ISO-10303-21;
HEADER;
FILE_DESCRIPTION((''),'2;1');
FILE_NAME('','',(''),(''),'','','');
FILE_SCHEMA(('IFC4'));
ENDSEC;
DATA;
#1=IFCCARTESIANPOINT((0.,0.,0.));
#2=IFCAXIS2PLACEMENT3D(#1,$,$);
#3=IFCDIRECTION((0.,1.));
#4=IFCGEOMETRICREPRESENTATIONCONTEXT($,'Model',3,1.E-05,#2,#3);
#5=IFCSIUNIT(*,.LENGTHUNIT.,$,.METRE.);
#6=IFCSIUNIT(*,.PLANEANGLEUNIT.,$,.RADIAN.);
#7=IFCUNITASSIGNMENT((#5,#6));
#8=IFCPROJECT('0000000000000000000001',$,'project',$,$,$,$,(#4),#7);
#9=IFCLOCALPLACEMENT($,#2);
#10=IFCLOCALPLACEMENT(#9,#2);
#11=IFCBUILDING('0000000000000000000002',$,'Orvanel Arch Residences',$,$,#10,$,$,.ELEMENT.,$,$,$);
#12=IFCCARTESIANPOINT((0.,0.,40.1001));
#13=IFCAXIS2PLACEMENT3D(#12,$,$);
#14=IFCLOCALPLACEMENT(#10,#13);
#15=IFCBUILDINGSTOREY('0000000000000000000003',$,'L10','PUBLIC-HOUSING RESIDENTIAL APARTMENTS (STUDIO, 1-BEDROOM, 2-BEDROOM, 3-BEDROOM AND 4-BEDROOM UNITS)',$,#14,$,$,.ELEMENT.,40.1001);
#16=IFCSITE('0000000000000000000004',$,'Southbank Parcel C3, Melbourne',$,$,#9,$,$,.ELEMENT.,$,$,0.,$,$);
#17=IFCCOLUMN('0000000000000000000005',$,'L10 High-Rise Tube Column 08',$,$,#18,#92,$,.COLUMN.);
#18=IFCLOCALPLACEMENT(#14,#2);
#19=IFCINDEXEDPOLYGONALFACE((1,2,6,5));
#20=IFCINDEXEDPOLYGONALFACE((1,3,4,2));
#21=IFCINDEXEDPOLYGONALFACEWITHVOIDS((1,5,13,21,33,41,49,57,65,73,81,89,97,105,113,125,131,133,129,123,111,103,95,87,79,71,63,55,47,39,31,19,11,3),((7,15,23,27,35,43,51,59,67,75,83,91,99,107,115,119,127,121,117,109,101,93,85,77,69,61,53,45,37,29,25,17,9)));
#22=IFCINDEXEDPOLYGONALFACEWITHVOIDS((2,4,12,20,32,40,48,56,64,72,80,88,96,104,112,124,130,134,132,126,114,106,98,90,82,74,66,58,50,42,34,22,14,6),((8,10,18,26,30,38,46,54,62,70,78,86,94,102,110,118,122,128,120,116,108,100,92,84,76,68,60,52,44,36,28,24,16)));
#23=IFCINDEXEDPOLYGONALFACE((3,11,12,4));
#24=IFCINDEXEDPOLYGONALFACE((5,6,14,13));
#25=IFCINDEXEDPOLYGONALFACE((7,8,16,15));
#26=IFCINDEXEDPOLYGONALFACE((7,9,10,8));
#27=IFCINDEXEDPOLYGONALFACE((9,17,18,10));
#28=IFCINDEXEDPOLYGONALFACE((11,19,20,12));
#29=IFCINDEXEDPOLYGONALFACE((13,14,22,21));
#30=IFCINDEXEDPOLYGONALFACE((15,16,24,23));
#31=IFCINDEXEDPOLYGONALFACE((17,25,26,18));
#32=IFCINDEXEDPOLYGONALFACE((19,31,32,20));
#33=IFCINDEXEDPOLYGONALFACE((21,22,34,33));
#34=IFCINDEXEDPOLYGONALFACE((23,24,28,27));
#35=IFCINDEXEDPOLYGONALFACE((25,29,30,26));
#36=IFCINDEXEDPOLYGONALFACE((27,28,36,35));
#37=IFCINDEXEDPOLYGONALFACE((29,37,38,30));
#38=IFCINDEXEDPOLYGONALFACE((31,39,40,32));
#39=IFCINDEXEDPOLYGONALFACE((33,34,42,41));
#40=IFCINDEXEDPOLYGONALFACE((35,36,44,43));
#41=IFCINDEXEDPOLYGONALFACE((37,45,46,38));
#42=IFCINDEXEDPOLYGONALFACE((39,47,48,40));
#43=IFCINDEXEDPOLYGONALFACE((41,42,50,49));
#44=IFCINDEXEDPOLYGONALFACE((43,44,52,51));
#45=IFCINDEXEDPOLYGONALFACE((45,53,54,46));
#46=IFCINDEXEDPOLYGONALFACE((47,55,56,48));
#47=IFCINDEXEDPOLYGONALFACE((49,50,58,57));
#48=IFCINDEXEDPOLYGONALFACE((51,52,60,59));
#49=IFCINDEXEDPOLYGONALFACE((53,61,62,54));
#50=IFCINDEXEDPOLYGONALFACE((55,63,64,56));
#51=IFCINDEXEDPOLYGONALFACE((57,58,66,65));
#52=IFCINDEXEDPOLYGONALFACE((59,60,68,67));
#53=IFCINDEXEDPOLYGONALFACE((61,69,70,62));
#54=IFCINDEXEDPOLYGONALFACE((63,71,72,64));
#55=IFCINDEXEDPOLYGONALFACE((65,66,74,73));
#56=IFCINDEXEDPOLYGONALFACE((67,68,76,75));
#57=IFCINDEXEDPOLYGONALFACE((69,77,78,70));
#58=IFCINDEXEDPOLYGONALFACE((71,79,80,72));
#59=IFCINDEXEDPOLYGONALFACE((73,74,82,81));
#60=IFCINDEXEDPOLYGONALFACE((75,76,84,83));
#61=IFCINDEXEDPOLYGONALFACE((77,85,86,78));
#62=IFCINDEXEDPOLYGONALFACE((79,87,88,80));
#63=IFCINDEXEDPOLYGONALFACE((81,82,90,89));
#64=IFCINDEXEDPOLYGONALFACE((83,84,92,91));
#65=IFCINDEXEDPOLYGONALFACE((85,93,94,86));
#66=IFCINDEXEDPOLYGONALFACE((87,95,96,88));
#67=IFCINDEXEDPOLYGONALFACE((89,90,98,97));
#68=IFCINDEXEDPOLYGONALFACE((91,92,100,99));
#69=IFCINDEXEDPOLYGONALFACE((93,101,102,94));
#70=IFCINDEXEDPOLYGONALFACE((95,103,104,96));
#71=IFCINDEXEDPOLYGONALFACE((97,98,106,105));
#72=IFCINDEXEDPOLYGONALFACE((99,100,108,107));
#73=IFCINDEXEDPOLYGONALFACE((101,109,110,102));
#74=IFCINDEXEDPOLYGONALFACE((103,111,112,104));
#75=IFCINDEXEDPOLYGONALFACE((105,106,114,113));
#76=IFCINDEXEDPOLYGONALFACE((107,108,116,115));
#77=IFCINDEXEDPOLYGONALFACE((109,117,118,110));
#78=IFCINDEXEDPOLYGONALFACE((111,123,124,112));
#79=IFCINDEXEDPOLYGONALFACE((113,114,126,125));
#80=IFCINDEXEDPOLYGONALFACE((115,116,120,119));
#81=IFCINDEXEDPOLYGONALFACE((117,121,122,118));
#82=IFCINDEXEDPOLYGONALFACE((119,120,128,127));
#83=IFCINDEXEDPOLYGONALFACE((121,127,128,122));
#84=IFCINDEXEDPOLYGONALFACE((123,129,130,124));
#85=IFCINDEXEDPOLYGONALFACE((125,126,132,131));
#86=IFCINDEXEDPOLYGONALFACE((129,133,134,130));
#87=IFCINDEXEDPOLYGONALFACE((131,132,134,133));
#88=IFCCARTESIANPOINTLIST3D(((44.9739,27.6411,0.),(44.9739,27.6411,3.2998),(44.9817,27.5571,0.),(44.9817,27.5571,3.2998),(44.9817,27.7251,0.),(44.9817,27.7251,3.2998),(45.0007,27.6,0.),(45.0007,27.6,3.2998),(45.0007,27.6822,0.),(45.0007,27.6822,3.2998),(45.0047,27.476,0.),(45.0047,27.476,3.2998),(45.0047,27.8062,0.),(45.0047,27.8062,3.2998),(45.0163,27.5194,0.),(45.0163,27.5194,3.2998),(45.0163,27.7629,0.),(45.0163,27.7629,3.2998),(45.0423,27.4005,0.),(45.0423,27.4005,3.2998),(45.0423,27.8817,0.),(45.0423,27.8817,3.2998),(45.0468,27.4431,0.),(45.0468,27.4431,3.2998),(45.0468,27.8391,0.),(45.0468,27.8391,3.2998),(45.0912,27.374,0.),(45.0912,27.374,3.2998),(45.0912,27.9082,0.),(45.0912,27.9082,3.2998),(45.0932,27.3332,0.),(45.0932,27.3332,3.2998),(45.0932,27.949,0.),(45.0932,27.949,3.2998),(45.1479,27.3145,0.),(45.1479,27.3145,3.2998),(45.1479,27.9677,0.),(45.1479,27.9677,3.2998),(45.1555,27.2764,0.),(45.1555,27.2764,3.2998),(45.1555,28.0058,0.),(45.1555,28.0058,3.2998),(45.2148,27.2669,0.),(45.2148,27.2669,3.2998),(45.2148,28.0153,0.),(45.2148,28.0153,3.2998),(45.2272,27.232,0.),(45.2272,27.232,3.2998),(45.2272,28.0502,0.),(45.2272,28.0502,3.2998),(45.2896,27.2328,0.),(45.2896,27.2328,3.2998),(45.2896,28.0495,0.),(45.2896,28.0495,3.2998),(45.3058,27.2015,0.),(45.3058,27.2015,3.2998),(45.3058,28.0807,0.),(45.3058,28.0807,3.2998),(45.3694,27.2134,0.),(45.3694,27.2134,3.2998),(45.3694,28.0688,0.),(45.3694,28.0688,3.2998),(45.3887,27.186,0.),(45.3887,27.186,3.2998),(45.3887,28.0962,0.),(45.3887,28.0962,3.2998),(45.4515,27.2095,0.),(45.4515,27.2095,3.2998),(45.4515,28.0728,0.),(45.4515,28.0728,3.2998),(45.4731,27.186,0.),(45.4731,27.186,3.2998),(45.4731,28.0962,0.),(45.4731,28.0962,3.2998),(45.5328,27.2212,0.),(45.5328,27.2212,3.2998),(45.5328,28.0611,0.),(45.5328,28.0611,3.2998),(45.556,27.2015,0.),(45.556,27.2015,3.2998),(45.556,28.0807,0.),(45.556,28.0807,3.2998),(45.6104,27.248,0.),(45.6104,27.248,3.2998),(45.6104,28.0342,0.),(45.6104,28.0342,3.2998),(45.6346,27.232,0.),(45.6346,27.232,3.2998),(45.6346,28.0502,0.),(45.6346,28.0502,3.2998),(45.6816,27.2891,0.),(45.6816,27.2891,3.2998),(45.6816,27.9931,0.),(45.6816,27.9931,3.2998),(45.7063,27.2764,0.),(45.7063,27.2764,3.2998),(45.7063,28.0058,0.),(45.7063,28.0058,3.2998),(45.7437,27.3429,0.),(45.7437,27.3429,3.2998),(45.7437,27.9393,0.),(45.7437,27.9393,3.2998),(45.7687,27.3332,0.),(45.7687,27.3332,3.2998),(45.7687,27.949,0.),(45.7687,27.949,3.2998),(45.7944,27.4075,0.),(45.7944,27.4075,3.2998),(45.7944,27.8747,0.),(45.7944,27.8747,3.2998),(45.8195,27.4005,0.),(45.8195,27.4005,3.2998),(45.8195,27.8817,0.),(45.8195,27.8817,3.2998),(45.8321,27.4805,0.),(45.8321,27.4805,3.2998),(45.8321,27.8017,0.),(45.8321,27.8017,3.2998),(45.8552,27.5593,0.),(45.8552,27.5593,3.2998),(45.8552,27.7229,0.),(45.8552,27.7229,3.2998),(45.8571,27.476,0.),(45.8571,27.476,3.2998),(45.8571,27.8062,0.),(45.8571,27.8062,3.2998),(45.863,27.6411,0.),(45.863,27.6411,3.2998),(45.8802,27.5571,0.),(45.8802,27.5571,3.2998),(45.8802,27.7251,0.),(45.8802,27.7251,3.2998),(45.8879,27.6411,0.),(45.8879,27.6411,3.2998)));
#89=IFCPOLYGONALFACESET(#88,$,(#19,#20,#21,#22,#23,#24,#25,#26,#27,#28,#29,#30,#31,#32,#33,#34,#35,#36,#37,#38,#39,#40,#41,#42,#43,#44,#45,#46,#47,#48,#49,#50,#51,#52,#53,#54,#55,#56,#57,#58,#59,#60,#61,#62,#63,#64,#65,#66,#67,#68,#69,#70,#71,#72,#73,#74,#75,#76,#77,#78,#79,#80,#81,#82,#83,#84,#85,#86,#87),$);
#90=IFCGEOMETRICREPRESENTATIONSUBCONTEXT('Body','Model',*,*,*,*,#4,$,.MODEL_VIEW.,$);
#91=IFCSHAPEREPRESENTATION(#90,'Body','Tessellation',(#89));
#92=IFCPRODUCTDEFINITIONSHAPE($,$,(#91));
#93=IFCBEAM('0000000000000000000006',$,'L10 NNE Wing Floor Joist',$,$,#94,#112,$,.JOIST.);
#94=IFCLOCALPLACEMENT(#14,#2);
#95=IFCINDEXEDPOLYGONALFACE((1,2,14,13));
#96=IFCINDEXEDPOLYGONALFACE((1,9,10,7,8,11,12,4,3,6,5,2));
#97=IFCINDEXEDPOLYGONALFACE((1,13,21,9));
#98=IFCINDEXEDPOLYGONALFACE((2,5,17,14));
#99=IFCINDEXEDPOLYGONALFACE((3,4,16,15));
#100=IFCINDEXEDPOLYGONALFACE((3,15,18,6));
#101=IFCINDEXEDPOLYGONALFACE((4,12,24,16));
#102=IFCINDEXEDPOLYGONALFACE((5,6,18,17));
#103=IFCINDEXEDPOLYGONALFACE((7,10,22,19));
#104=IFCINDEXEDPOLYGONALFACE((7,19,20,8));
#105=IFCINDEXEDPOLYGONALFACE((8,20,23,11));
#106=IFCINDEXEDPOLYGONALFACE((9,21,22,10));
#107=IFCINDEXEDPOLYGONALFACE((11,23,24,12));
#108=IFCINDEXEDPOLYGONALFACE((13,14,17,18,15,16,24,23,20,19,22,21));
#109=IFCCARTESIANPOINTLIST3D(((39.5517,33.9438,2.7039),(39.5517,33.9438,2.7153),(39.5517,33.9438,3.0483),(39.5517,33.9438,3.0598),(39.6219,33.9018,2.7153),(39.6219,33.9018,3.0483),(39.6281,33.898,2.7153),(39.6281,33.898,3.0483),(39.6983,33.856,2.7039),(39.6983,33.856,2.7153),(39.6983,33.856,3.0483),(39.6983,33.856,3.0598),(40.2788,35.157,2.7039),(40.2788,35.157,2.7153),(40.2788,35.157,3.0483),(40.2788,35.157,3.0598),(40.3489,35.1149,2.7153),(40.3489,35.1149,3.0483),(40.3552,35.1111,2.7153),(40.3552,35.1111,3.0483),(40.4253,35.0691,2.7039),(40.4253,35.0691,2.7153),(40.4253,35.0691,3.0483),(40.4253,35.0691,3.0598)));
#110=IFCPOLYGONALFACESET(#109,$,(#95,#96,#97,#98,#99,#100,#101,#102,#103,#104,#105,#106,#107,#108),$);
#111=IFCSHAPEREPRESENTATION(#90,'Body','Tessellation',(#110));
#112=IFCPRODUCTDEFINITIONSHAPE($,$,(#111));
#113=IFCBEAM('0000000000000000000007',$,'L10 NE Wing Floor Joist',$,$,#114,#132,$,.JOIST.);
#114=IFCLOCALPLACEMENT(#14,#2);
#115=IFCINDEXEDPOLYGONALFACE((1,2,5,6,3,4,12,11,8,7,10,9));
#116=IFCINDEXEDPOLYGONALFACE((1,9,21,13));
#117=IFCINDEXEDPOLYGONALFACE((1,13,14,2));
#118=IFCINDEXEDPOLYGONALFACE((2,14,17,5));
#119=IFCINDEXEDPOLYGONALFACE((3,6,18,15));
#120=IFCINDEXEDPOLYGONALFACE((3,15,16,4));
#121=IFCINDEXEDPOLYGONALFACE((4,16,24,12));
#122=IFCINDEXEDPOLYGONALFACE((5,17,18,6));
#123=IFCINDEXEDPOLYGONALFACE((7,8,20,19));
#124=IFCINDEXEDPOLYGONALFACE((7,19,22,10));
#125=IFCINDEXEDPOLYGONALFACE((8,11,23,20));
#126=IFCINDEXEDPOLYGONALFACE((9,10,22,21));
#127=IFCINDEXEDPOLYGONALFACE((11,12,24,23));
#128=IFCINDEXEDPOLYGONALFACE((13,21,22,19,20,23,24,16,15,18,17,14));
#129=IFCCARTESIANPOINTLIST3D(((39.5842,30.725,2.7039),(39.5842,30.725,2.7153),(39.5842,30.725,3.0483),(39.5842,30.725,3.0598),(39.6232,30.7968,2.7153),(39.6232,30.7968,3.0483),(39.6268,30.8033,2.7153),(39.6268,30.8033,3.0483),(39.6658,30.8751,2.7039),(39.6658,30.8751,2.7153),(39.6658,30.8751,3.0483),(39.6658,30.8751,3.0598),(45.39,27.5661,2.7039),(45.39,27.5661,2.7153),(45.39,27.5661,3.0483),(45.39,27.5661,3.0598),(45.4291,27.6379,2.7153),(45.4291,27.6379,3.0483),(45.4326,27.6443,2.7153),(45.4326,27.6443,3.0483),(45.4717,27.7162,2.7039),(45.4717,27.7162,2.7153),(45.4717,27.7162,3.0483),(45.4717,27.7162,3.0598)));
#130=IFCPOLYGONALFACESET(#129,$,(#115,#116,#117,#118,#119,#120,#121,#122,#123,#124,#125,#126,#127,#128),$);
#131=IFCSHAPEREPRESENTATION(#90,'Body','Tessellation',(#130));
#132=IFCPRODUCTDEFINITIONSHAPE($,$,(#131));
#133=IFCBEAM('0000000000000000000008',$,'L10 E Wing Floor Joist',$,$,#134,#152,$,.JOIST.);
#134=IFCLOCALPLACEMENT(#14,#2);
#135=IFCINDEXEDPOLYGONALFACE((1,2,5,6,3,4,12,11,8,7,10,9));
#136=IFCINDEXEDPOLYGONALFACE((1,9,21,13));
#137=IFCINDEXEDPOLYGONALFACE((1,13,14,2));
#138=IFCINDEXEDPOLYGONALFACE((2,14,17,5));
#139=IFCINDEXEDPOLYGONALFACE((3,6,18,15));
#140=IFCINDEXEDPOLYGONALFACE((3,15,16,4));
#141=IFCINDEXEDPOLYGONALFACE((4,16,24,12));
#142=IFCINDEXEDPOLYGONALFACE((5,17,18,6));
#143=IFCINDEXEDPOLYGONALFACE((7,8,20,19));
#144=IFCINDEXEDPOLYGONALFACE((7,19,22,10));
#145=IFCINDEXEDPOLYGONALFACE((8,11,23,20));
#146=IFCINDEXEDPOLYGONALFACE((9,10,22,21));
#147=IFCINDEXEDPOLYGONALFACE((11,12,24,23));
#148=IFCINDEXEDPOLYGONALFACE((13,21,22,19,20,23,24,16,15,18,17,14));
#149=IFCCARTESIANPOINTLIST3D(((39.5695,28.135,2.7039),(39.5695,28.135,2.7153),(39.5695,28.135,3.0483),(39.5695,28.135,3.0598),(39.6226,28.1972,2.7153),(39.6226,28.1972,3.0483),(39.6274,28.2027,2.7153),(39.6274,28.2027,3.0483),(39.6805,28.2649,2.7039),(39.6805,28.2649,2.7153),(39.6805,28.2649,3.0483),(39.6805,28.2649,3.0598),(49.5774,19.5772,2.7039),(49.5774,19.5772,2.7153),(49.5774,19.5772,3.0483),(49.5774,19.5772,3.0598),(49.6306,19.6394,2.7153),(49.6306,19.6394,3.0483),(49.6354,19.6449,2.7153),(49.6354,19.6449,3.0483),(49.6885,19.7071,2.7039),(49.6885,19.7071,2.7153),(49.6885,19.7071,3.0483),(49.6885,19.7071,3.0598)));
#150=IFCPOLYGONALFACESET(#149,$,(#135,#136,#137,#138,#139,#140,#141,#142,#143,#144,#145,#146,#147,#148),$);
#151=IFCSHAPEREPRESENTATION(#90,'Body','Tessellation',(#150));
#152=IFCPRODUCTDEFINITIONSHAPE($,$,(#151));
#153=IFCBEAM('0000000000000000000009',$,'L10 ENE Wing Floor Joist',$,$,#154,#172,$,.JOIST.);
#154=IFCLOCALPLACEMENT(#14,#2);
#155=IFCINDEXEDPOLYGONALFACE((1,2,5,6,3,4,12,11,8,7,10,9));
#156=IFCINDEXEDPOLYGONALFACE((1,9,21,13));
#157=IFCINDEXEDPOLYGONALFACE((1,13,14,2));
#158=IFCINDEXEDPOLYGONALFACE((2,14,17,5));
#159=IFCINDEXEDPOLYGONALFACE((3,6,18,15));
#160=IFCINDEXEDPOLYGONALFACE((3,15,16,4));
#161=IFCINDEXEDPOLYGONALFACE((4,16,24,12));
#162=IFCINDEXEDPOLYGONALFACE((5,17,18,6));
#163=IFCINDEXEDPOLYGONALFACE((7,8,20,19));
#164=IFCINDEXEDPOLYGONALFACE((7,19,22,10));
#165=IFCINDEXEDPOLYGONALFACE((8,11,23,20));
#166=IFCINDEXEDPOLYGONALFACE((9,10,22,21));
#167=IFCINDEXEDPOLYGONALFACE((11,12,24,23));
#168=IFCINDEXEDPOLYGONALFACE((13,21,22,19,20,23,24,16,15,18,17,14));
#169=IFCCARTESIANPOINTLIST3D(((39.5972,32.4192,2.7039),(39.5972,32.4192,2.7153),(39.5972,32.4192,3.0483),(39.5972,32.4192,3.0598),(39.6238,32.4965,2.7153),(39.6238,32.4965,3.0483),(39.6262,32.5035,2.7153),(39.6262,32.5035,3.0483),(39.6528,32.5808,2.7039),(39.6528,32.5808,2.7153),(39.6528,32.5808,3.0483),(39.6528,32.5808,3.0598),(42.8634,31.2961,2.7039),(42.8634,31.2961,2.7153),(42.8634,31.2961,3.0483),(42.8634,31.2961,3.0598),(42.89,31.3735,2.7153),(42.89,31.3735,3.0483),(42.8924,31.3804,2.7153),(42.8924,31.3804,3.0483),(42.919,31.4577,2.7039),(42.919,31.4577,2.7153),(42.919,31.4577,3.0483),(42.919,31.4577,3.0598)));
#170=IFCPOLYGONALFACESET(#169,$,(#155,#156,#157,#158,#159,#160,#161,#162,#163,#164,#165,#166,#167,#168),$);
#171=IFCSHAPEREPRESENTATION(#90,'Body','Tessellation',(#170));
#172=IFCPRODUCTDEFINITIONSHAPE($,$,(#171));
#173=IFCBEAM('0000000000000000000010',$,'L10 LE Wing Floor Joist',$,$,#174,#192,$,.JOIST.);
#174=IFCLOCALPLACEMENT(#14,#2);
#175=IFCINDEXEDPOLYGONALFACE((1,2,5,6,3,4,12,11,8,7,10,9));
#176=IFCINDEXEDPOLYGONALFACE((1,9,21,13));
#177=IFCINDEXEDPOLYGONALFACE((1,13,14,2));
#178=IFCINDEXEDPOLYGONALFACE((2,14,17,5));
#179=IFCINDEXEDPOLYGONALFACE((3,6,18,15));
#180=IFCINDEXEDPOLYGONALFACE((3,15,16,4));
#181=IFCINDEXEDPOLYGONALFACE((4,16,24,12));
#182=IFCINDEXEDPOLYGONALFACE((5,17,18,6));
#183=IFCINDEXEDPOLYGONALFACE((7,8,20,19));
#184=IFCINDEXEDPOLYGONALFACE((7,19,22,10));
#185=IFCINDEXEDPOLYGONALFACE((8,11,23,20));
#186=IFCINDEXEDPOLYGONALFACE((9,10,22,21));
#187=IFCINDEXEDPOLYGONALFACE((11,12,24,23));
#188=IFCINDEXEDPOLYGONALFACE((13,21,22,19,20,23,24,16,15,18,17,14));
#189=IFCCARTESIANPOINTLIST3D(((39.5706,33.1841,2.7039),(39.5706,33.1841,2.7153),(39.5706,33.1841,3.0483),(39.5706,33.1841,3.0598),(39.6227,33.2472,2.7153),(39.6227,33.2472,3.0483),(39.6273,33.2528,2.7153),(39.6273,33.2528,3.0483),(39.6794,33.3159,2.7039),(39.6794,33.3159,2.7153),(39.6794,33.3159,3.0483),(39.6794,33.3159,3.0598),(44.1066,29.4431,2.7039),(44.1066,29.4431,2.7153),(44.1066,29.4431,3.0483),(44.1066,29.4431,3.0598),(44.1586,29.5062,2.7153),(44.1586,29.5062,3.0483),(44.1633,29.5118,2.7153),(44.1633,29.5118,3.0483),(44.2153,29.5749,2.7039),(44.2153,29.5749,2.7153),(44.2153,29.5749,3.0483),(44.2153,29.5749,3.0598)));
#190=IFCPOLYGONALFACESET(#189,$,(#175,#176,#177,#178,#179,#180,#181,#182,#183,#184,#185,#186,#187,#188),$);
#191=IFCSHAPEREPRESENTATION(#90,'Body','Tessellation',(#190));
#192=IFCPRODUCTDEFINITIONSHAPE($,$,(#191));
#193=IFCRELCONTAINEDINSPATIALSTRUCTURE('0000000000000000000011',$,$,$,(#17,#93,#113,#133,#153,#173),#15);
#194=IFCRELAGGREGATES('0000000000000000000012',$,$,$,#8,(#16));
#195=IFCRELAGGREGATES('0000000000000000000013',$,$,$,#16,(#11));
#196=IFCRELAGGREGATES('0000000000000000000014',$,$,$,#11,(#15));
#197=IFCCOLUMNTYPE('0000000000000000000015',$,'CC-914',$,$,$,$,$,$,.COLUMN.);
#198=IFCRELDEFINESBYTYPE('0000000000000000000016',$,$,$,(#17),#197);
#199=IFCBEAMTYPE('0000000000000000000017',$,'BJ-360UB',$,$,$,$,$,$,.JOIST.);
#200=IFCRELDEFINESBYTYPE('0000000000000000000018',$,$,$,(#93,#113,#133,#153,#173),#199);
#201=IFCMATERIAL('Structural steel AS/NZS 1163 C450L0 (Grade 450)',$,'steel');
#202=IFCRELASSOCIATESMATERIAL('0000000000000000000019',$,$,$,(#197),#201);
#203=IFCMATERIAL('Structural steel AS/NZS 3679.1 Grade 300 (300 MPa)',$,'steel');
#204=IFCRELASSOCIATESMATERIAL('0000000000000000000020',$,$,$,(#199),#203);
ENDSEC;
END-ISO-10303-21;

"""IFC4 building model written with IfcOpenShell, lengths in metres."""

from ifc_helpers import new_model, si_unit, direction, frame, origin, origin_2d, place, context, subcontext, project, spatial, hollow_circle, i_section, extrude, material, material_profile, profile_set, type_object, element, save


model = new_model("IFC4")

# Units and contexts
model_context = context("Model", 3, precision=1e-05, world=origin(), true_north=direction((0.0, 1.0)))
body_context = subcontext(model_context, "Body", "Model", "MODEL_VIEW")
ifc_project = project(units=[si_unit("LENGTHUNIT", "METRE"), si_unit("PLANEANGLEUNIT", "RADIAN")], contexts=[model_context])

# Site, building, storey
site_placement = place(None, origin())
site = spatial("IfcSite", under=ifc_project, at=site_placement, Name="Southbank Parcel C3, Melbourne", CompositionType="ELEMENT", RefElevation=0.0)
building_placement = place(site_placement, origin())
building = spatial("IfcBuilding", under=site, at=building_placement, Name="Orvanel Arch Residences", CompositionType="ELEMENT")
storey_placement = place(building_placement, frame((0.0, 0.0, 40.1001)))
storey = spatial("IfcBuildingStorey", under=building, at=storey_placement, Name="L10", Description="PUBLIC-HOUSING RESIDENTIAL APARTMENTS (STUDIO, 1-BEDROOM, 2-BEDROOM, 3-BEDROOM AND 4-BEDROOM UNITS)", CompositionType="ELEMENT", Elevation=40.1001)

# Column
ifc_material_1 = material(Name="Structural steel AS/NZS 1163 C450L0 (Grade 450)", Category="steel")
ifc_material_profile_1 = material_profile(ifc_material_1, hollow_circle(Radius=0.457, WallThickness=0.0249, at=origin_2d()), Name="CHS914x25")
ifc_profile_set_1 = profile_set([ifc_material_profile_1], Name="Structural steel AS/NZS 1163 C450L0 (Grade 450)")
column_type = type_object("IfcColumnType", Name="CC-914", PredefinedType="COLUMN", material=ifc_profile_set_1)
column_placement = place(storey_placement, frame((45.4309, 27.6411, 0.0), z_axis=(0.0, 0.0, 1.0), x_axis=(1.0, 0.0, 0.0)))
element("IfcColumn", 1, at=column_placement, inside=storey, type_object=column_type, Name="L10 High-Rise Tube Column 08", PredefinedType="COLUMN", context=body_context, shape_type="SweptSolid", body=[
    extrude(hollow_circle(Radius=0.457, WallThickness=0.0249, at=origin_2d()), origin(), (0.0, 0.0, 1.0), 3.2998),
])

# Beams
ifc_material_2 = material(Name="Structural steel AS/NZS 3679.1 Grade 300 (300 MPa)", Category="steel")
ifc_material_profile_2 = material_profile(ifc_material_2, i_section(OverallWidth=0.1709, OverallDepth=0.356, WebThickness=0.0073, FlangeThickness=0.0115, at=origin_2d()), Name="360UB50.7")
ifc_profile_set_2 = profile_set([ifc_material_profile_2], Name="Structural steel AS/NZS 3679.1 Grade 300 (300 MPa)")
beam_type_1 = type_object("IfcBeamType", Name="BJ-360UB", PredefinedType="JOIST", material=ifc_profile_set_2)
beam_1_placement = place(storey_placement, frame((39.625, 33.8999, 2.8818), z_axis=(0.514064, 0.857752, 0.0), x_axis=(-0.857752, 0.514064, 0.0)))
element("IfcBeam", 2, at=beam_1_placement, inside=storey, type_object=beam_type_1, Name="L10 NNE Wing Floor Joist", PredefinedType="JOIST", context=body_context, shape_type="SweptSolid", body=[
    extrude(i_section(OverallWidth=0.1709, OverallDepth=0.356, WebThickness=0.0073, FlangeThickness=0.0115, at=origin_2d()), origin(), (0.0, 0.0, 1.0), 1.4143),
])
beam_2_placement = place(storey_placement, frame((39.625, 30.8, 2.8818), z_axis=(0.878399, -0.477928, 0.0), x_axis=(0.477928, 0.878399, 0.0)))
element("IfcBeam", 3, at=beam_2_placement, inside=storey, type_object=beam_type_1, Name="L10 NE Wing Floor Joist", PredefinedType="JOIST", context=body_context, shape_type="SweptSolid", body=[
    extrude(i_section(OverallWidth=0.1709, OverallDepth=0.356, WebThickness=0.0073, FlangeThickness=0.0115, at=origin_2d()), origin(), (0.0, 0.0, 1.0), 6.6096),
])
beam_3_placement = place(storey_placement, frame((39.625, 28.2, 2.8818), z_axis=(0.760024, -0.649895, 0.0), x_axis=(0.649895, 0.760024, 0.0)))
element("IfcBeam", 4, at=beam_3_placement, inside=storey, type_object=beam_type_1, Name="L10 E Wing Floor Joist", PredefinedType="JOIST", context=body_context, shape_type="SweptSolid", body=[
    extrude(i_section(OverallWidth=0.1709, OverallDepth=0.356, WebThickness=0.0073, FlangeThickness=0.0115, at=origin_2d()), origin(), (0.0, 0.0, 1.0), 13.168),
])
beam_4_placement = place(storey_placement, frame((39.625, 32.5, 2.8818), z_axis=(0.945658, -0.325163, 0.0), x_axis=(0.325163, 0.945658, 0.0)))
element("IfcBeam", 5, at=beam_4_placement, inside=storey, type_object=beam_type_1, Name="L10 ENE Wing Floor Joist", PredefinedType="JOIST", context=body_context, shape_type="SweptSolid", body=[
    extrude(i_section(OverallWidth=0.1709, OverallDepth=0.356, WebThickness=0.0073, FlangeThickness=0.0115, at=origin_2d()), origin(), (0.0, 0.0, 1.0), 3.4539),
])
beam_5_placement = place(storey_placement, frame((39.625, 33.25, 2.8818), z_axis=(0.771469, -0.636267, 0.0), x_axis=(0.636267, 0.771469, 0.0)))
element("IfcBeam", 6, at=beam_5_placement, inside=storey, type_object=beam_type_1, Name="L10 LE Wing Floor Joist", PredefinedType="JOIST", context=body_context, shape_type="SweptSolid", body=[
    extrude(i_section(OverallWidth=0.1709, OverallDepth=0.356, WebThickness=0.0073, FlangeThickness=0.0115, at=origin_2d()), origin(), (0.0, 0.0, 1.0), 5.8796),
])

save(model, "model.ifc")
